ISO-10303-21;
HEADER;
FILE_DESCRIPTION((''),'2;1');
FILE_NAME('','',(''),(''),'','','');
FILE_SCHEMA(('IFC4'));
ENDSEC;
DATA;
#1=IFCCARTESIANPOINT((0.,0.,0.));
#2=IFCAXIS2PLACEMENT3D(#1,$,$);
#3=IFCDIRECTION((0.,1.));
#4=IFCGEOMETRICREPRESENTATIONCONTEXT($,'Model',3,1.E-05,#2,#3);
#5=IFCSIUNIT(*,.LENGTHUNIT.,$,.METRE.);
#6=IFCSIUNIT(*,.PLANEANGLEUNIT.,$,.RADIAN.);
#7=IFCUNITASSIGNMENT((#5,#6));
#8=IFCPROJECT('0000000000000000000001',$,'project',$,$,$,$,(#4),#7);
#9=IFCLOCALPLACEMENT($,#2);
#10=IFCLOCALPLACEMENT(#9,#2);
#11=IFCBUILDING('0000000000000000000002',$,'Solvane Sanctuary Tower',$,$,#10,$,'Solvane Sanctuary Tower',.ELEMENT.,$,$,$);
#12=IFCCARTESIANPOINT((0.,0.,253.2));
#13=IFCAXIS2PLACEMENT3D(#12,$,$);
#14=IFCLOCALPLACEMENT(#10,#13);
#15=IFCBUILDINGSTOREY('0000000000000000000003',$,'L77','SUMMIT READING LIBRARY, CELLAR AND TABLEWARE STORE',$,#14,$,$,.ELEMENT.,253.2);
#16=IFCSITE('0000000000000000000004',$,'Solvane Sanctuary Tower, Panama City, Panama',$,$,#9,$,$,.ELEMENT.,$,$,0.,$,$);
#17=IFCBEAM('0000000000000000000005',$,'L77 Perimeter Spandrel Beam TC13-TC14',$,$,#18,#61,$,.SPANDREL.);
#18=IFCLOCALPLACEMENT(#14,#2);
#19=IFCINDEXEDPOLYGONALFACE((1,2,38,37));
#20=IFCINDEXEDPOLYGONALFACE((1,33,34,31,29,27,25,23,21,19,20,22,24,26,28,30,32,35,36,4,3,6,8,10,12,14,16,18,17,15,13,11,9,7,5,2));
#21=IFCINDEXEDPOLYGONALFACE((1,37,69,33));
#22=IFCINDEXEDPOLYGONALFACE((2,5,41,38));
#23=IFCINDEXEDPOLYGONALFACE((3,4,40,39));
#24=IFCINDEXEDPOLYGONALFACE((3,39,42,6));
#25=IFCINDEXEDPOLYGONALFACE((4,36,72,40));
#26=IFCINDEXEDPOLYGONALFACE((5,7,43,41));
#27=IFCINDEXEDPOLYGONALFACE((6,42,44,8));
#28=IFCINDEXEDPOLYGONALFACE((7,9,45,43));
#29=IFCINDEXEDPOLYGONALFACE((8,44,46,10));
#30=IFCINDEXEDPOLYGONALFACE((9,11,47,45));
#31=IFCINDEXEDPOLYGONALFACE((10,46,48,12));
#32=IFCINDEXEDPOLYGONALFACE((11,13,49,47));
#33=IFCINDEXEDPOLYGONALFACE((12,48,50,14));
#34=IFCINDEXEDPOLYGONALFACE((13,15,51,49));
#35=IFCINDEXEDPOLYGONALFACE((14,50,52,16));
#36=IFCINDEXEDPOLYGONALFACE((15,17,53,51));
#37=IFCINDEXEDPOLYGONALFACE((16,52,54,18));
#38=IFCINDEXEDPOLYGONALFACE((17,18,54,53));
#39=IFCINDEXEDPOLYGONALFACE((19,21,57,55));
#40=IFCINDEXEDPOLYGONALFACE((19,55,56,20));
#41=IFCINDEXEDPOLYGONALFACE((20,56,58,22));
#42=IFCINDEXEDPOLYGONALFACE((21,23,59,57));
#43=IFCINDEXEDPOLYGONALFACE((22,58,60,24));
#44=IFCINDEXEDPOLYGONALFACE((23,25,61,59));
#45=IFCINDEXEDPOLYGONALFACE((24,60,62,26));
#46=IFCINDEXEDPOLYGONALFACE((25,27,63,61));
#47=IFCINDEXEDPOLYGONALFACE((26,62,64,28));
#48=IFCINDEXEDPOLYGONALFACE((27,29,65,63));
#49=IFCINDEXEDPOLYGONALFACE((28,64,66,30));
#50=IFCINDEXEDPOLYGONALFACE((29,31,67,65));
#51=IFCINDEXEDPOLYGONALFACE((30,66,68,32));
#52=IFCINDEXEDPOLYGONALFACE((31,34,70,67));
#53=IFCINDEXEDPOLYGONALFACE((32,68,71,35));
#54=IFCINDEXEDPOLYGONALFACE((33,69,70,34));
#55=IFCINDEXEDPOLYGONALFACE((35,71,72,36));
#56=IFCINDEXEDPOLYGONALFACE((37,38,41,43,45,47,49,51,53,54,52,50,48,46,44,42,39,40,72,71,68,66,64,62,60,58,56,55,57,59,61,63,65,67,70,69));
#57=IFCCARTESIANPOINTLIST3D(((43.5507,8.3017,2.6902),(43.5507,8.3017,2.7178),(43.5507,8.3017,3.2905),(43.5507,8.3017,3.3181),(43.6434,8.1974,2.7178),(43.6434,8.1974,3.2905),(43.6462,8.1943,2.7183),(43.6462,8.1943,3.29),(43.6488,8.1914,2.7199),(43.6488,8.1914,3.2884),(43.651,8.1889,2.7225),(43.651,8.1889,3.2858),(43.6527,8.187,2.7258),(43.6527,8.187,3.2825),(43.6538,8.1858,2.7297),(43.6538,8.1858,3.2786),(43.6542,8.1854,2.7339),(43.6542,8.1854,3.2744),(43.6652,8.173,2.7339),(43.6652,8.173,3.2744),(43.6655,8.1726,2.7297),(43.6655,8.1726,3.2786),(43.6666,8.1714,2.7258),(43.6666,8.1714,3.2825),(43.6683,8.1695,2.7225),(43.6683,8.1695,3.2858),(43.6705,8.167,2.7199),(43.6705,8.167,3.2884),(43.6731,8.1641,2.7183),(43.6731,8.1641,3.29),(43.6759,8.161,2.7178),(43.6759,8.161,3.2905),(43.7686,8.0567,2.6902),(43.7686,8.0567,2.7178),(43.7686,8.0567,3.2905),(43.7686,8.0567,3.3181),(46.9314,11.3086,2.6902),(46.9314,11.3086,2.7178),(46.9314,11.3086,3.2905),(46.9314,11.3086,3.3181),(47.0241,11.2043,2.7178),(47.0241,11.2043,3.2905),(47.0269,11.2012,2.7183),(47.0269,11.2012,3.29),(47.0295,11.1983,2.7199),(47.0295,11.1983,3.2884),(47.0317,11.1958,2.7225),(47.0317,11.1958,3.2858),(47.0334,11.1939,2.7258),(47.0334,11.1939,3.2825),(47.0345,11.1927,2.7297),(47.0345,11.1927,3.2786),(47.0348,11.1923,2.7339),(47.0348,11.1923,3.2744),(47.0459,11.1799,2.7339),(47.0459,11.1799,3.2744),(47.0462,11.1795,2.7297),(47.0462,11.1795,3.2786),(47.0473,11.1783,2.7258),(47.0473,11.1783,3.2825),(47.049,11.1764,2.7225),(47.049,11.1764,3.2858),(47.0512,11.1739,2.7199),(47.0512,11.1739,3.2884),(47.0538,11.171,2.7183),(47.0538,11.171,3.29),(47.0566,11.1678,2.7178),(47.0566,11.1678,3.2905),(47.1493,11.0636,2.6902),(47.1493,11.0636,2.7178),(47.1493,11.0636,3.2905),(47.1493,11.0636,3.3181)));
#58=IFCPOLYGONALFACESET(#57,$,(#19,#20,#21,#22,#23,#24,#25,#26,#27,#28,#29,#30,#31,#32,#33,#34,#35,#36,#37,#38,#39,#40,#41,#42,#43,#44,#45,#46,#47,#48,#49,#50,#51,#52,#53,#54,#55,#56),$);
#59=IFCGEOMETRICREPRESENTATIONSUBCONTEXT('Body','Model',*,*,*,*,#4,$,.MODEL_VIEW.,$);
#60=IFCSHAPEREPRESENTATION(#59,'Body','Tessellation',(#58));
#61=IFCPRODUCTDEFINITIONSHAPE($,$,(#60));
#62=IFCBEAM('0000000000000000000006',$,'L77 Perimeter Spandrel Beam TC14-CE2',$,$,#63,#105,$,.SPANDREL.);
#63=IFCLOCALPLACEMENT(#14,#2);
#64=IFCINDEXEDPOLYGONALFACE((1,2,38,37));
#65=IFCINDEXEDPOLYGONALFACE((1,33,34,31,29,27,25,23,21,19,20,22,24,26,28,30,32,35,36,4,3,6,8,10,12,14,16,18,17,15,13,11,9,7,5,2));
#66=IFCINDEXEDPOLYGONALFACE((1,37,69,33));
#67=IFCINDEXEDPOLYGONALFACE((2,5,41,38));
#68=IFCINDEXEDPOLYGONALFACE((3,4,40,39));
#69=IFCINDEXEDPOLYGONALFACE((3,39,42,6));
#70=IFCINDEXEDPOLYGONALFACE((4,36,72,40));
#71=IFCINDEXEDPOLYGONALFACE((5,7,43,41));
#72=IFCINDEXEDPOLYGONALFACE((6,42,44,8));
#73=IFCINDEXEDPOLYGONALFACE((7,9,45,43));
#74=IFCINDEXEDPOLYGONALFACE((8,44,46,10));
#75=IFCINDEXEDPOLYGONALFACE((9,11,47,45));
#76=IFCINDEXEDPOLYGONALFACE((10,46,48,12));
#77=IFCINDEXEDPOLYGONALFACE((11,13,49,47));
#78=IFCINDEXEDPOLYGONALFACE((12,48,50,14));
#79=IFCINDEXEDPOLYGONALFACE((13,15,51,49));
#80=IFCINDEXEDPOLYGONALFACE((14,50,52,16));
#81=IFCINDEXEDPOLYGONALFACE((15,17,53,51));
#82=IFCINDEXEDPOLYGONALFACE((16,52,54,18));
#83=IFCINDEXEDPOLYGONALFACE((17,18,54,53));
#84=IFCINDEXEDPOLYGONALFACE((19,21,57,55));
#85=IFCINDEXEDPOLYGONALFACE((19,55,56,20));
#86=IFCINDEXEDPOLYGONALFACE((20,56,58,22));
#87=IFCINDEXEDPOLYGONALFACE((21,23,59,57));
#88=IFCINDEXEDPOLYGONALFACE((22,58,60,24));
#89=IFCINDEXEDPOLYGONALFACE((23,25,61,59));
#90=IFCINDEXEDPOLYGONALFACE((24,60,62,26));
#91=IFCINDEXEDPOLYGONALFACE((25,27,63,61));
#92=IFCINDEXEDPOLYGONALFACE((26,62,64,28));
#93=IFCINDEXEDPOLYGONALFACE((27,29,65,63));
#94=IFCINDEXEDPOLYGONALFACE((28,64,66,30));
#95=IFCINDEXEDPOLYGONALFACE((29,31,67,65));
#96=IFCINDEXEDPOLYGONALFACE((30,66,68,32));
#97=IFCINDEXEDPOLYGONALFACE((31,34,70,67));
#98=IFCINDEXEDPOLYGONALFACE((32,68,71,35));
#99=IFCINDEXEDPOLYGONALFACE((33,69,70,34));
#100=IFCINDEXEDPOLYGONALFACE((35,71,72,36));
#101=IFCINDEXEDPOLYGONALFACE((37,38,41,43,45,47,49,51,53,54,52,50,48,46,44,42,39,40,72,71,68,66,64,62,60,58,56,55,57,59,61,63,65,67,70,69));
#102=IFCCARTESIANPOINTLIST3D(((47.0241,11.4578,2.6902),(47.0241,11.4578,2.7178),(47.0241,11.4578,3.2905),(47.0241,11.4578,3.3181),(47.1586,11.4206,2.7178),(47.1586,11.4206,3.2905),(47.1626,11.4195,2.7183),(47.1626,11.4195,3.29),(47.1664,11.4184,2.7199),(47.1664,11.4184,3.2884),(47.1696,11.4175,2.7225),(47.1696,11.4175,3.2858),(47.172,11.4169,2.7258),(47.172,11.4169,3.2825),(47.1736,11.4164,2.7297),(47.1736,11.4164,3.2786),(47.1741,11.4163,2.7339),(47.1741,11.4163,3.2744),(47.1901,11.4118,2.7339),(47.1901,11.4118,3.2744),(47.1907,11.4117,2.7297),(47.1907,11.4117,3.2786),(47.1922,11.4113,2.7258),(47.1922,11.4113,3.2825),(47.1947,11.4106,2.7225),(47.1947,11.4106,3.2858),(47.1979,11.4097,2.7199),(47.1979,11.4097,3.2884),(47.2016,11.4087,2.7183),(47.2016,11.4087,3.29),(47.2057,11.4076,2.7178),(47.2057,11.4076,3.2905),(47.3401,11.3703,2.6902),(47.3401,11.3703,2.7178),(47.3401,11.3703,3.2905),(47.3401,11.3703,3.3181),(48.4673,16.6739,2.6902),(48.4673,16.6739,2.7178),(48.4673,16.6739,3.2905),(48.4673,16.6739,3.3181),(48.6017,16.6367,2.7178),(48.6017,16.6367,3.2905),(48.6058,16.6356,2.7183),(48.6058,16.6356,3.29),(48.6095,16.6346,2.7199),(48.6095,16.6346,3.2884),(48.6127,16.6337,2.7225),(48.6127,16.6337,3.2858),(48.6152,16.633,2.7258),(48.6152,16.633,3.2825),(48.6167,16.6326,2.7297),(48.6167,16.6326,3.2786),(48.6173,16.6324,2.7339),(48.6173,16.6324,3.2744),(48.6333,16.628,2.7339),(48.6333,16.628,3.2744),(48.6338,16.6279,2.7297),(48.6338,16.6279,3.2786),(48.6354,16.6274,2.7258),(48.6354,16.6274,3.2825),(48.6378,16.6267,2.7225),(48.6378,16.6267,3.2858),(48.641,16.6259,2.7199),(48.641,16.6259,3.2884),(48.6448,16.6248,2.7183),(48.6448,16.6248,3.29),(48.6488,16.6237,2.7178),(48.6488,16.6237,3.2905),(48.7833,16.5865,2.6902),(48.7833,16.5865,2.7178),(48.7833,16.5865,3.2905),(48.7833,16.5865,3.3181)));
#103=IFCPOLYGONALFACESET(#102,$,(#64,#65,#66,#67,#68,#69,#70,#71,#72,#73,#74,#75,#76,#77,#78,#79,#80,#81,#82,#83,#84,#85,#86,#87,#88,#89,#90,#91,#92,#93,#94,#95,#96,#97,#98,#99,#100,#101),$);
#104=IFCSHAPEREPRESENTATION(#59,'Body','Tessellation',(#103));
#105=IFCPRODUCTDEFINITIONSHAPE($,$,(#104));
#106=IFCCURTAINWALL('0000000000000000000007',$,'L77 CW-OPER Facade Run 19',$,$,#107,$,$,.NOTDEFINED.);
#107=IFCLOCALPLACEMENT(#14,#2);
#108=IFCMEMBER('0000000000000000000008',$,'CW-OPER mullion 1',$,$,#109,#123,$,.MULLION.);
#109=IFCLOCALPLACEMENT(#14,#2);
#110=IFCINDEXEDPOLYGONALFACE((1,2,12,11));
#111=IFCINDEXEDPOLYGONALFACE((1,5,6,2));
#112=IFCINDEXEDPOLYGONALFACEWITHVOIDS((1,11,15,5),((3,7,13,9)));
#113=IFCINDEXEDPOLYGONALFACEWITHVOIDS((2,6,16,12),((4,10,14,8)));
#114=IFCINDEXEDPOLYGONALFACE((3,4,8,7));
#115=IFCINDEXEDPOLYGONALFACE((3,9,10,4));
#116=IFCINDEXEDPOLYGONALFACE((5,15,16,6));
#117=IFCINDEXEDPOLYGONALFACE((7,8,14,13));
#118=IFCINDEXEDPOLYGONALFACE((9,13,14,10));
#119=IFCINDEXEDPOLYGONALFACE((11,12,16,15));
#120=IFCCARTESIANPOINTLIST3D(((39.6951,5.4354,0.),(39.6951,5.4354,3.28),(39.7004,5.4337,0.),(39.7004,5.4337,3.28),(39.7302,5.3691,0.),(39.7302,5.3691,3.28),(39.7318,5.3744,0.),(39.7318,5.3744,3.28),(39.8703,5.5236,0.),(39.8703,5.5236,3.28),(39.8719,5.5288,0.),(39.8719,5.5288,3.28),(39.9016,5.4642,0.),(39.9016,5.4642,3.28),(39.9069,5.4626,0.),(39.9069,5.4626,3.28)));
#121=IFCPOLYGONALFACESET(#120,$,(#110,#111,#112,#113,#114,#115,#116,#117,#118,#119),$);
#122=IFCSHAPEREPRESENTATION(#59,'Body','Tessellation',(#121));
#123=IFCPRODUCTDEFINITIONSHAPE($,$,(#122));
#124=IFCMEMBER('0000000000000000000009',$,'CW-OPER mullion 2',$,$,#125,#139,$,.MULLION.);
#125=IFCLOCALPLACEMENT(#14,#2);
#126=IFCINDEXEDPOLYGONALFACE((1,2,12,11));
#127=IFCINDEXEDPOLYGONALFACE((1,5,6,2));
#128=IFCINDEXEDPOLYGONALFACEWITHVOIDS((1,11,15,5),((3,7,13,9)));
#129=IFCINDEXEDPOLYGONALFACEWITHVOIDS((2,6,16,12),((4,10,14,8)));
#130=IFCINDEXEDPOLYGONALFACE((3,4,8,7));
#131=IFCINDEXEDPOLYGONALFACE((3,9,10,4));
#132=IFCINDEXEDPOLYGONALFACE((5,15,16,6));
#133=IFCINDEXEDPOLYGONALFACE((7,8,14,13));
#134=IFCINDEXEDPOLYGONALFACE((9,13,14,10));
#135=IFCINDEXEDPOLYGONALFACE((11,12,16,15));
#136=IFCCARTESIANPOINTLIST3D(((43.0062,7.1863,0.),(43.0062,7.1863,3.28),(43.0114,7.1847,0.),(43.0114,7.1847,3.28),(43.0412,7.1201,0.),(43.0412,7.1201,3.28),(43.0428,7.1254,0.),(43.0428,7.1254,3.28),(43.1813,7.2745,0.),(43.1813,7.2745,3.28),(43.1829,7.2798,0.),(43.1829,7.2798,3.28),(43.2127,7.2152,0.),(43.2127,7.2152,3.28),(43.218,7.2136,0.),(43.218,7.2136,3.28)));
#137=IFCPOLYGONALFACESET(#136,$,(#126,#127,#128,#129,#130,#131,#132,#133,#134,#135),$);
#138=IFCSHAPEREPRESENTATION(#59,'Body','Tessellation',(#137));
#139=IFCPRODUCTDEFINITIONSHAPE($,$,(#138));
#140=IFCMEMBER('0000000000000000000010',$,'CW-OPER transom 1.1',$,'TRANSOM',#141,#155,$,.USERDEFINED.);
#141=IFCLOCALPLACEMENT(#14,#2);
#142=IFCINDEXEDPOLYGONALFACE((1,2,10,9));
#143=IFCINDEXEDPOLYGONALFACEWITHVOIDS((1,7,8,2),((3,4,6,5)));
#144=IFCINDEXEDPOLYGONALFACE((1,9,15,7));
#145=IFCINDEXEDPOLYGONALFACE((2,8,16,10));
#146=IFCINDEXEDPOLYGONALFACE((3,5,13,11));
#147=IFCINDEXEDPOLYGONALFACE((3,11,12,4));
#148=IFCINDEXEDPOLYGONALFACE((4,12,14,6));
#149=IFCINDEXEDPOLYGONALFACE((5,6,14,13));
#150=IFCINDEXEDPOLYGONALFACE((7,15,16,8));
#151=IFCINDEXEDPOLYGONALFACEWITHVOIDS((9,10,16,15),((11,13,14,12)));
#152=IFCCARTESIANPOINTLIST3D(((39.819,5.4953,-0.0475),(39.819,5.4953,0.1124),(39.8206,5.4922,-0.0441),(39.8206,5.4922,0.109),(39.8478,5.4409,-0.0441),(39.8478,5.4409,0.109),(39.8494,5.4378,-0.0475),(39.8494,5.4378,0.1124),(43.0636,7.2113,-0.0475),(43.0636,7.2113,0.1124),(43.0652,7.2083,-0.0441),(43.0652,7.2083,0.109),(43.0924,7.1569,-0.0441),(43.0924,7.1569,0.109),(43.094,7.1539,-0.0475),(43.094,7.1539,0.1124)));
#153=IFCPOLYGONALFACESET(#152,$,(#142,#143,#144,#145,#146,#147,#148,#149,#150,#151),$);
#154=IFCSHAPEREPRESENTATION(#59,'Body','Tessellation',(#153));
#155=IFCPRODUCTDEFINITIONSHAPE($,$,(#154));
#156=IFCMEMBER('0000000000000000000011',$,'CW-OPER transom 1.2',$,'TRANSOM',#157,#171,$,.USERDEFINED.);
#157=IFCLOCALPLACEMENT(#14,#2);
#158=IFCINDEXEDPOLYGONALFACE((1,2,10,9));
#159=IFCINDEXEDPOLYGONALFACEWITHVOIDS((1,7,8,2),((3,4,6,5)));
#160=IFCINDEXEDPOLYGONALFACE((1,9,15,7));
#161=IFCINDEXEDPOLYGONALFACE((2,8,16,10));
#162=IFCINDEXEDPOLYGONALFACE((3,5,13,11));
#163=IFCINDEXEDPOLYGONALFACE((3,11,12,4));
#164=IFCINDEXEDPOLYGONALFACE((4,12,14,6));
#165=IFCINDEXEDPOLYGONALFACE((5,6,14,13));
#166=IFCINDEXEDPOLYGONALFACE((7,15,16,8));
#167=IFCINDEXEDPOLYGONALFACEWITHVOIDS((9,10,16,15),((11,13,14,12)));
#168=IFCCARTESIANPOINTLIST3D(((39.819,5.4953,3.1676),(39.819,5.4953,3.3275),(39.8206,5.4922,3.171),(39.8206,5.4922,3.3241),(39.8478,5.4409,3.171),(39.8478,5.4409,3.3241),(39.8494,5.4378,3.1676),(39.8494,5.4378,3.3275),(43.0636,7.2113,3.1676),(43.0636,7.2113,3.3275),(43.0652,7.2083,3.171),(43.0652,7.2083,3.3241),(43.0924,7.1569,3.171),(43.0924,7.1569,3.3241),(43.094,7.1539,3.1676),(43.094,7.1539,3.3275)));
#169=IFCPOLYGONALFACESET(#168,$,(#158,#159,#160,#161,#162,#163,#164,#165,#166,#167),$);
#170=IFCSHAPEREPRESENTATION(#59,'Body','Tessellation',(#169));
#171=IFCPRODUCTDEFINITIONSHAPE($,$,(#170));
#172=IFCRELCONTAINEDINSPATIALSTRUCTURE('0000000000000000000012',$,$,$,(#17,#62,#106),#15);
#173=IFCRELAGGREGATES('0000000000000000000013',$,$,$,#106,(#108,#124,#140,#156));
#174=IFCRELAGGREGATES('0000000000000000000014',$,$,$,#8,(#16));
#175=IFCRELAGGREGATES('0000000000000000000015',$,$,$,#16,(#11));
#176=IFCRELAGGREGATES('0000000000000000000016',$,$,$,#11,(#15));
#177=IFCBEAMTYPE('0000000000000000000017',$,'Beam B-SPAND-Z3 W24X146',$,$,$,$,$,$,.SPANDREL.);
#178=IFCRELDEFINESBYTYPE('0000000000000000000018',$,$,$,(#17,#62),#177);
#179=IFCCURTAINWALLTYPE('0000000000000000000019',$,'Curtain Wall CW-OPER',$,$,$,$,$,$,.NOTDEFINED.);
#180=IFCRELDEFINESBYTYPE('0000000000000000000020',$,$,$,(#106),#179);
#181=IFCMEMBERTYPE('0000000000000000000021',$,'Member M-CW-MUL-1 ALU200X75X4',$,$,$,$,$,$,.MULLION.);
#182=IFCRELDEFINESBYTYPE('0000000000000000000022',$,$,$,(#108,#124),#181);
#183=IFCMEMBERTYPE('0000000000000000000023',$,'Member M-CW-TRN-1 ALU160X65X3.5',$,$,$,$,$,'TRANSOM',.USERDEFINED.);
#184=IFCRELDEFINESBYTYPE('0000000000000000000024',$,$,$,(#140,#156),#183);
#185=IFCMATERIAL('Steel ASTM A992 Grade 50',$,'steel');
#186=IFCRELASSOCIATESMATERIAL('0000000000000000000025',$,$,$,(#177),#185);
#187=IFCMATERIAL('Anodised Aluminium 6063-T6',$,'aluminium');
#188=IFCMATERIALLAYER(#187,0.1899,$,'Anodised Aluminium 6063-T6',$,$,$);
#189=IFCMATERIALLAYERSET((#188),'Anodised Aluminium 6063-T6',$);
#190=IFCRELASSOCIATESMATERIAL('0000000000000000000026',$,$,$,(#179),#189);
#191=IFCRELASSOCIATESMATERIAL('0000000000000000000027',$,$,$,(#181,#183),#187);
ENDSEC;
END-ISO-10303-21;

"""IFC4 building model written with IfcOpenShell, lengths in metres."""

from ifc_helpers import new_model, si_unit, direction, frame, origin, origin_2d, place, context, subcontext, project, spatial, hollow_rectangle, i_section, extrude, material, layer, layer_set, material_profile, profile_set, type_object, element, aggregate, save


model = new_model("IFC4")

# Units and contexts
model_context = context("Model", 3, precision=1e-05, world=origin(), true_north=direction((0.0, 1.0)))
body_context = subcontext(model_context, "Body", "Model", "MODEL_VIEW")
ifc_project = project(units=[si_unit("LENGTHUNIT", "METRE"), si_unit("PLANEANGLEUNIT", "RADIAN")], contexts=[model_context])

# Site, building, storey
site_placement = place(None, origin())
site = spatial("IfcSite", under=ifc_project, at=site_placement, Name="Solvane Sanctuary Tower, Panama City, Panama", CompositionType="ELEMENT", RefElevation=0.0)
building_placement = place(site_placement, origin())
building = spatial("IfcBuilding", under=site, at=building_placement, Name="Solvane Sanctuary Tower", LongName="Solvane Sanctuary Tower", CompositionType="ELEMENT")
storey_placement = place(building_placement, frame((0.0, 0.0, 253.2)))
storey = spatial("IfcBuildingStorey", under=building, at=storey_placement, Name="L77", Description="SUMMIT READING LIBRARY, CELLAR AND TABLEWARE STORE", CompositionType="ELEMENT", Elevation=253.2)

# Beams
ifc_material_1 = material(Name="Steel ASTM A992 Grade 50", Category="steel")
ifc_material_profile_1 = material_profile(ifc_material_1, i_section(OverallWidth=0.3279, OverallDepth=0.6279, WebThickness=0.0166, FlangeThickness=0.0276, FilletRadius=0.0161, at=origin_2d()), Name="W24X146")
ifc_profile_set_1 = profile_set([ifc_material_profile_1], Name="Steel ASTM A992 Grade 50")
beam_type_1 = type_object("IfcBeamType", Name="Beam B-SPAND-Z3 W24X146", PredefinedType="SPANDREL", material=ifc_profile_set_1)
beam_1_placement = place(storey_placement, frame((43.6597, 8.1792, 3.0042), z_axis=(0.747207, 0.664592, 0.0), x_axis=(-0.664592, 0.747207, 0.0)))
element("IfcBeam", 1, at=beam_1_placement, inside=storey, type_object=beam_type_1, Name="L77 Perimeter Spandrel Beam TC13-TC14", PredefinedType="SPANDREL", context=body_context, shape_type="SweptSolid", body=[
    extrude(i_section(OverallWidth=0.3279, OverallDepth=0.6279, WebThickness=0.0166, FlangeThickness=0.0276, FilletRadius=0.0161, at=origin_2d()), origin(), (0.0, 0.0, 1.0), 4.5244),
])
beam_2_placement = place(storey_placement, frame((47.1821, 11.4141, 3.0042), z_axis=(0.26665, 0.963793, 0.0), x_axis=(-0.963793, 0.26665, 0.0)))
element("IfcBeam", 2, at=beam_2_placement, inside=storey, type_object=beam_type_1, Name="L77 Perimeter Spandrel Beam TC14-CE2", PredefinedType="SPANDREL", context=body_context, shape_type="SweptSolid", body=[
    extrude(i_section(OverallWidth=0.3279, OverallDepth=0.6279, WebThickness=0.0166, FlangeThickness=0.0276, FilletRadius=0.0161, at=origin_2d()), origin(), (0.0, 0.0, 1.0), 5.4121),
])

# Curtain wall, members
ifc_material_2 = material(Name="Anodised Aluminium 6063-T6", Category="aluminium")
ifc_layer_1 = layer(ifc_material_2, 0.1899, Name="Anodised Aluminium 6063-T6")
ifc_layer_set_1 = layer_set([ifc_layer_1], Name="Anodised Aluminium 6063-T6")
curtain_wall_type = type_object("IfcCurtainWallType", Name="Curtain Wall CW-OPER", PredefinedType="NOTDEFINED", material=ifc_layer_set_1)
curtain_wall_placement = place(storey_placement, origin())
curtain_wall = element("IfcCurtainWall", 3, at=curtain_wall_placement, inside=storey, type_object=curtain_wall_type, Name="L77 CW-OPER Facade Run 19", PredefinedType="NOTDEFINED")
ifc_material_profile_2 = material_profile(ifc_material_2, hollow_rectangle(XDim=0.075, YDim=0.2, WallThickness=0.0039, at=origin_2d()), Name="ALU200X75X4")
ifc_profile_set_2 = profile_set([ifc_material_profile_2], Name="Anodised Aluminium 6063-T6")
member_type_1 = type_object("IfcMemberType", Name="Member M-CW-MUL-1 ALU200X75X4", PredefinedType="MULLION", material=ifc_profile_set_2)
member_1_placement = place(storey_placement, frame((39.801, 5.449, 0.0), z_axis=(0.0, 0.0, 1.0), x_axis=(-0.467523, 0.883981, 0.0)))
member_1 = element("IfcMember", 4, at=member_1_placement, type_object=member_type_1, Name="CW-OPER mullion 1", PredefinedType="MULLION", context=body_context, shape_type="SweptSolid", body=[
    extrude(hollow_rectangle(XDim=0.075, YDim=0.2, WallThickness=0.0039, at=origin_2d()), origin(), (0.0, 0.0, 1.0), 3.28),
])
member_2_placement = place(storey_placement, frame((43.1121, 7.2, 0.0), z_axis=(0.0, 0.0, 1.0), x_axis=(-0.467523, 0.883981, 0.0)))
member_2 = element("IfcMember", 5, at=member_2_placement, type_object=member_type_1, Name="CW-OPER mullion 2", PredefinedType="MULLION", context=body_context, shape_type="SweptSolid", body=[
    extrude(hollow_rectangle(XDim=0.075, YDim=0.2, WallThickness=0.0039, at=origin_2d()), origin(), (0.0, 0.0, 1.0), 3.28),
])
ifc_material_profile_3 = material_profile(ifc_material_2, hollow_rectangle(XDim=0.0649, YDim=0.1599, WallThickness=0.0034, at=origin_2d()), Name="ALU160X65X3.5")
ifc_profile_set_3 = profile_set([ifc_material_profile_3], Name="Anodised Aluminium 6063-T6")
member_type_2 = type_object("IfcMemberType", Name="Member M-CW-TRN-1 ALU160X65X3.5", ElementType="TRANSOM", PredefinedType="USERDEFINED", material=ifc_profile_set_3)
member_3_placement = place(storey_placement, frame((39.8342, 5.4666, 0.0325), z_axis=(0.883977, 0.46753, 0.0), x_axis=(-0.46753, 0.883977, 0.0)))
member_3 = element("IfcMember", 6, at=member_3_placement, type_object=member_type_2, Name="CW-OPER transom 1.1", ObjectType="TRANSOM", PredefinedType="USERDEFINED", context=body_context, shape_type="SweptSolid", body=[
    extrude(hollow_rectangle(XDim=0.0649, YDim=0.1599, WallThickness=0.0034, at=origin_2d()), origin(), (0.0, 0.0, 1.0), 3.6704),
])
member_4_placement = place(storey_placement, frame((39.8342, 5.4666, 3.2476), z_axis=(0.883977, 0.46753, 0.0), x_axis=(-0.46753, 0.883977, 0.0)))
member_4 = element("IfcMember", 7, at=member_4_placement, type_object=member_type_2, Name="CW-OPER transom 1.2", ObjectType="TRANSOM", PredefinedType="USERDEFINED", context=body_context, shape_type="SweptSolid", body=[
    extrude(hollow_rectangle(XDim=0.0649, YDim=0.1599, WallThickness=0.0034, at=origin_2d()), origin(), (0.0, 0.0, 1.0), 3.6704),
])

aggregate(curtain_wall, [member_1, member_2, member_3, member_4])

save(model, "model.ifc")
